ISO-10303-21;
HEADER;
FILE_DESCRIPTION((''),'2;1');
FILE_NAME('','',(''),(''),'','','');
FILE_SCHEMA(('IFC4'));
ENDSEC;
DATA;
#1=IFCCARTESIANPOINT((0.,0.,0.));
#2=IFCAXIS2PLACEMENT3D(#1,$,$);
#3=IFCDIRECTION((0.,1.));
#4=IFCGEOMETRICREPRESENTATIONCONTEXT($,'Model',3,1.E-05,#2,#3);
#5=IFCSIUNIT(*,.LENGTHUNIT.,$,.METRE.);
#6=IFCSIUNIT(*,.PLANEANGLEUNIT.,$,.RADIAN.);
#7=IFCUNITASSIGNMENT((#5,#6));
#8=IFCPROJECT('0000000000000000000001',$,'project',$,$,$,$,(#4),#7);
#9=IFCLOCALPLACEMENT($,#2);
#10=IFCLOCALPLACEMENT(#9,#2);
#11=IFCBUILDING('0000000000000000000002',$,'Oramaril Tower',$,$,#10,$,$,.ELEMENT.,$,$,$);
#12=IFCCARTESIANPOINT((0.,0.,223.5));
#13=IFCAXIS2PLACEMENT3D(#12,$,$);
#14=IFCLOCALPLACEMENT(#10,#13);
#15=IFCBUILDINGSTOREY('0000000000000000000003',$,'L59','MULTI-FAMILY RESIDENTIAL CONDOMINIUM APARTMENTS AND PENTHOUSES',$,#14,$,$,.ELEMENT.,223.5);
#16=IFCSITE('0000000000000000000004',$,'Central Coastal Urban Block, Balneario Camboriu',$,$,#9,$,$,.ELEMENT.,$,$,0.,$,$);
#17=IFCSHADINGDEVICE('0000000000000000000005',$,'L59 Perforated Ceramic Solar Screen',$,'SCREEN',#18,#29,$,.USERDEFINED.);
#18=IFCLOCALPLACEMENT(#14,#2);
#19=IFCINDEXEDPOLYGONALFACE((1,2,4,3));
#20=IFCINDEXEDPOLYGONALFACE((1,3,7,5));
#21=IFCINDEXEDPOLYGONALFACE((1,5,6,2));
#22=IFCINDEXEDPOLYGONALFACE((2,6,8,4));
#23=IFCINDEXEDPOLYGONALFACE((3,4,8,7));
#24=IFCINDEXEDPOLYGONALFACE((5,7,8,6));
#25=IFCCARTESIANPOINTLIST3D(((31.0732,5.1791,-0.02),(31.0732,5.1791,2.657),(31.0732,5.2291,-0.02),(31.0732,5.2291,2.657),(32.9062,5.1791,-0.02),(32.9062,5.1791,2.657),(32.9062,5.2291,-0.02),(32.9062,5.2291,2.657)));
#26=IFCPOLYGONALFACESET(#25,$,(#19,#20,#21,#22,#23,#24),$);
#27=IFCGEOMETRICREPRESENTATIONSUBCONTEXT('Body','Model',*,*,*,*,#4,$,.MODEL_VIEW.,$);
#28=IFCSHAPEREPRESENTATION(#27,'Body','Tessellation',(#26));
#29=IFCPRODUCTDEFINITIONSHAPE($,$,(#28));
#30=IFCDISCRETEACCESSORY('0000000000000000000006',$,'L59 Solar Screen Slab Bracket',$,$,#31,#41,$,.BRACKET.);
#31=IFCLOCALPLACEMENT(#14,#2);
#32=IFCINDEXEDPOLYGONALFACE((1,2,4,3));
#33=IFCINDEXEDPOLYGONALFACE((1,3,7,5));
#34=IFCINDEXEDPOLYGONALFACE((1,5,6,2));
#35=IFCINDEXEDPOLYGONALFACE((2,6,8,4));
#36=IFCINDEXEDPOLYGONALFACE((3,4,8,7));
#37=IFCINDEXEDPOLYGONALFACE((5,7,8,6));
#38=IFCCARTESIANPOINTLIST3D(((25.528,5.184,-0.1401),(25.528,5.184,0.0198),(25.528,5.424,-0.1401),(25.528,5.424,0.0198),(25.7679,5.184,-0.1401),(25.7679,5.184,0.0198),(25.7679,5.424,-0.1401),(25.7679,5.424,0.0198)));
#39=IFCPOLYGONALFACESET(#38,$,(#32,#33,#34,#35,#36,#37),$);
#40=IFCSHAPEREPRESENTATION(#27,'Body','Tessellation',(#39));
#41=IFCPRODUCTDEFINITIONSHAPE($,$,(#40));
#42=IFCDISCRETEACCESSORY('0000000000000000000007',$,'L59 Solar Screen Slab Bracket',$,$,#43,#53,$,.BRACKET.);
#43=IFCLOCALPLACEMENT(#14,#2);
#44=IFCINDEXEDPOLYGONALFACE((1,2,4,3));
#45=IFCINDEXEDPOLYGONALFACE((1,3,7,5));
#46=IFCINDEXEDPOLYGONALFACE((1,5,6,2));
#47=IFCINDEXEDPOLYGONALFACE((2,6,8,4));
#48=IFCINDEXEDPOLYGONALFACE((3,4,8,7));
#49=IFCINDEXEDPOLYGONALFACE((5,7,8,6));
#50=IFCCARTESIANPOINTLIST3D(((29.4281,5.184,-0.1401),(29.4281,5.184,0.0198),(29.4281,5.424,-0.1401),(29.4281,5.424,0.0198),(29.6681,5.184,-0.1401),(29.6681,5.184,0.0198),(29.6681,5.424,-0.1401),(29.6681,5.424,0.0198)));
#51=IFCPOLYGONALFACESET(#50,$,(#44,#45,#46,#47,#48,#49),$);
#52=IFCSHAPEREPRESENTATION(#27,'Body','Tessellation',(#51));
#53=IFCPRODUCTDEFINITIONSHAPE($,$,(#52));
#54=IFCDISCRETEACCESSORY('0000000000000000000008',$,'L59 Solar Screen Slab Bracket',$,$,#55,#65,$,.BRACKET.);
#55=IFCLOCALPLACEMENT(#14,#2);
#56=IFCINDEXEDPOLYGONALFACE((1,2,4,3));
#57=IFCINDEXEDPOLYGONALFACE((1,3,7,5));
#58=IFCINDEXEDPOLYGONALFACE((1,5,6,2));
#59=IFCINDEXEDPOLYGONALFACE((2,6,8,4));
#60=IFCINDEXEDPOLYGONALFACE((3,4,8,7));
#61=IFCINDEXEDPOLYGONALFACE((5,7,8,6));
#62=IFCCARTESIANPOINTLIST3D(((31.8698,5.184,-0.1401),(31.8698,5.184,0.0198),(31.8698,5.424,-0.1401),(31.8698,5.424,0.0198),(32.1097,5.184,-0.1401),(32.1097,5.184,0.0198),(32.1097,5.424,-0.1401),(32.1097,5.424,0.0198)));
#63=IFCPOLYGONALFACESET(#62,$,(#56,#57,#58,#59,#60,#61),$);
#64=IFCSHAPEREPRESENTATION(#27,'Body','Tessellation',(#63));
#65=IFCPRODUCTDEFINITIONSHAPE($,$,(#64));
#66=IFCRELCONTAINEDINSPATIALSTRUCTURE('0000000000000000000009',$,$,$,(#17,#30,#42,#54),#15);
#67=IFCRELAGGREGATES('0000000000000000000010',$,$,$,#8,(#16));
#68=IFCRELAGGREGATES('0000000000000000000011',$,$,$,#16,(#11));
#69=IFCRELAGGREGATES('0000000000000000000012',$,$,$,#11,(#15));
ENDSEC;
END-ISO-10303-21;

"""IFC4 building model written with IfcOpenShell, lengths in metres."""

from ifc_helpers import new_model, si_unit, direction, frame, origin, origin_2d, place, context, subcontext, project, spatial, rectangle, extrude, element, save


model = new_model("IFC4")

# Units and contexts
model_context = context("Model", 3, precision=1e-05, world=origin(), true_north=direction((0.0, 1.0)))
body_context = subcontext(model_context, "Body", "Model", "MODEL_VIEW")
ifc_project = project(units=[si_unit("LENGTHUNIT", "METRE"), si_unit("PLANEANGLEUNIT", "RADIAN")], contexts=[model_context])

# Site, building, storey
site_placement = place(None, origin())
site = spatial("IfcSite", under=ifc_project, at=site_placement, Name="Central Coastal Urban Block, Balneario Camboriu", CompositionType="ELEMENT", RefElevation=0.0)
building_placement = place(site_placement, origin())
building = spatial("IfcBuilding", under=site, at=building_placement, Name="Oramaril Tower", CompositionType="ELEMENT")
storey_placement = place(building_placement, frame((0.0, 0.0, 223.5)))
storey = spatial("IfcBuildingStorey", under=building, at=storey_placement, Name="L59", Description="MULTI-FAMILY RESIDENTIAL CONDOMINIUM APARTMENTS AND PENTHOUSES", CompositionType="ELEMENT", Elevation=223.5)

# Shading device
for number, where, z_axis, x_axis, name in (
    (1, (31.9897, 5.2041, -0.02), (0.0, 0.0, 1.0), (1.0, 0.0, 0.0), "L59 Perforated Ceramic Solar Screen"),
):
    element("IfcShadingDevice", number, at=place(storey_placement, frame(where, z_axis=z_axis, x_axis=x_axis)), inside=storey, Name=name, ObjectType="SCREEN", PredefinedType="USERDEFINED", context=body_context, shape_type="SweptSolid", body=[
        extrude(rectangle(XDim=1.833, YDim=0.05, at=origin_2d()), origin(), (0.0, 0.0, 1.0), 2.677),
    ])

# Discrete accessories
for number, where, z_axis, x_axis, name in (
    (2, (25.6479, 5.304, -0.1401), (0.0, 0.0, 1.0), (1.0, 0.0, 0.0), "L59 Solar Screen Slab Bracket"),
    (3, (29.5481, 5.304, -0.1401), (0.0, 0.0, 1.0), (1.0, 0.0, 0.0), "L59 Solar Screen Slab Bracket"),
    (4, (31.9897, 5.304, -0.1401), (0.0, 0.0, 1.0), (1.0, 0.0, 0.0), "L59 Solar Screen Slab Bracket"),
):
    element("IfcDiscreteAccessory", number, at=place(storey_placement, frame(where, z_axis=z_axis, x_axis=x_axis)), inside=storey, Name=name, PredefinedType="BRACKET", context=body_context, shape_type="SweptSolid", body=[
        extrude(rectangle(XDim=0.24, YDim=0.24, at=origin_2d()), origin(), (0.0, 0.0, 1.0), 0.1599),
    ])

save(model, "model.ifc")
